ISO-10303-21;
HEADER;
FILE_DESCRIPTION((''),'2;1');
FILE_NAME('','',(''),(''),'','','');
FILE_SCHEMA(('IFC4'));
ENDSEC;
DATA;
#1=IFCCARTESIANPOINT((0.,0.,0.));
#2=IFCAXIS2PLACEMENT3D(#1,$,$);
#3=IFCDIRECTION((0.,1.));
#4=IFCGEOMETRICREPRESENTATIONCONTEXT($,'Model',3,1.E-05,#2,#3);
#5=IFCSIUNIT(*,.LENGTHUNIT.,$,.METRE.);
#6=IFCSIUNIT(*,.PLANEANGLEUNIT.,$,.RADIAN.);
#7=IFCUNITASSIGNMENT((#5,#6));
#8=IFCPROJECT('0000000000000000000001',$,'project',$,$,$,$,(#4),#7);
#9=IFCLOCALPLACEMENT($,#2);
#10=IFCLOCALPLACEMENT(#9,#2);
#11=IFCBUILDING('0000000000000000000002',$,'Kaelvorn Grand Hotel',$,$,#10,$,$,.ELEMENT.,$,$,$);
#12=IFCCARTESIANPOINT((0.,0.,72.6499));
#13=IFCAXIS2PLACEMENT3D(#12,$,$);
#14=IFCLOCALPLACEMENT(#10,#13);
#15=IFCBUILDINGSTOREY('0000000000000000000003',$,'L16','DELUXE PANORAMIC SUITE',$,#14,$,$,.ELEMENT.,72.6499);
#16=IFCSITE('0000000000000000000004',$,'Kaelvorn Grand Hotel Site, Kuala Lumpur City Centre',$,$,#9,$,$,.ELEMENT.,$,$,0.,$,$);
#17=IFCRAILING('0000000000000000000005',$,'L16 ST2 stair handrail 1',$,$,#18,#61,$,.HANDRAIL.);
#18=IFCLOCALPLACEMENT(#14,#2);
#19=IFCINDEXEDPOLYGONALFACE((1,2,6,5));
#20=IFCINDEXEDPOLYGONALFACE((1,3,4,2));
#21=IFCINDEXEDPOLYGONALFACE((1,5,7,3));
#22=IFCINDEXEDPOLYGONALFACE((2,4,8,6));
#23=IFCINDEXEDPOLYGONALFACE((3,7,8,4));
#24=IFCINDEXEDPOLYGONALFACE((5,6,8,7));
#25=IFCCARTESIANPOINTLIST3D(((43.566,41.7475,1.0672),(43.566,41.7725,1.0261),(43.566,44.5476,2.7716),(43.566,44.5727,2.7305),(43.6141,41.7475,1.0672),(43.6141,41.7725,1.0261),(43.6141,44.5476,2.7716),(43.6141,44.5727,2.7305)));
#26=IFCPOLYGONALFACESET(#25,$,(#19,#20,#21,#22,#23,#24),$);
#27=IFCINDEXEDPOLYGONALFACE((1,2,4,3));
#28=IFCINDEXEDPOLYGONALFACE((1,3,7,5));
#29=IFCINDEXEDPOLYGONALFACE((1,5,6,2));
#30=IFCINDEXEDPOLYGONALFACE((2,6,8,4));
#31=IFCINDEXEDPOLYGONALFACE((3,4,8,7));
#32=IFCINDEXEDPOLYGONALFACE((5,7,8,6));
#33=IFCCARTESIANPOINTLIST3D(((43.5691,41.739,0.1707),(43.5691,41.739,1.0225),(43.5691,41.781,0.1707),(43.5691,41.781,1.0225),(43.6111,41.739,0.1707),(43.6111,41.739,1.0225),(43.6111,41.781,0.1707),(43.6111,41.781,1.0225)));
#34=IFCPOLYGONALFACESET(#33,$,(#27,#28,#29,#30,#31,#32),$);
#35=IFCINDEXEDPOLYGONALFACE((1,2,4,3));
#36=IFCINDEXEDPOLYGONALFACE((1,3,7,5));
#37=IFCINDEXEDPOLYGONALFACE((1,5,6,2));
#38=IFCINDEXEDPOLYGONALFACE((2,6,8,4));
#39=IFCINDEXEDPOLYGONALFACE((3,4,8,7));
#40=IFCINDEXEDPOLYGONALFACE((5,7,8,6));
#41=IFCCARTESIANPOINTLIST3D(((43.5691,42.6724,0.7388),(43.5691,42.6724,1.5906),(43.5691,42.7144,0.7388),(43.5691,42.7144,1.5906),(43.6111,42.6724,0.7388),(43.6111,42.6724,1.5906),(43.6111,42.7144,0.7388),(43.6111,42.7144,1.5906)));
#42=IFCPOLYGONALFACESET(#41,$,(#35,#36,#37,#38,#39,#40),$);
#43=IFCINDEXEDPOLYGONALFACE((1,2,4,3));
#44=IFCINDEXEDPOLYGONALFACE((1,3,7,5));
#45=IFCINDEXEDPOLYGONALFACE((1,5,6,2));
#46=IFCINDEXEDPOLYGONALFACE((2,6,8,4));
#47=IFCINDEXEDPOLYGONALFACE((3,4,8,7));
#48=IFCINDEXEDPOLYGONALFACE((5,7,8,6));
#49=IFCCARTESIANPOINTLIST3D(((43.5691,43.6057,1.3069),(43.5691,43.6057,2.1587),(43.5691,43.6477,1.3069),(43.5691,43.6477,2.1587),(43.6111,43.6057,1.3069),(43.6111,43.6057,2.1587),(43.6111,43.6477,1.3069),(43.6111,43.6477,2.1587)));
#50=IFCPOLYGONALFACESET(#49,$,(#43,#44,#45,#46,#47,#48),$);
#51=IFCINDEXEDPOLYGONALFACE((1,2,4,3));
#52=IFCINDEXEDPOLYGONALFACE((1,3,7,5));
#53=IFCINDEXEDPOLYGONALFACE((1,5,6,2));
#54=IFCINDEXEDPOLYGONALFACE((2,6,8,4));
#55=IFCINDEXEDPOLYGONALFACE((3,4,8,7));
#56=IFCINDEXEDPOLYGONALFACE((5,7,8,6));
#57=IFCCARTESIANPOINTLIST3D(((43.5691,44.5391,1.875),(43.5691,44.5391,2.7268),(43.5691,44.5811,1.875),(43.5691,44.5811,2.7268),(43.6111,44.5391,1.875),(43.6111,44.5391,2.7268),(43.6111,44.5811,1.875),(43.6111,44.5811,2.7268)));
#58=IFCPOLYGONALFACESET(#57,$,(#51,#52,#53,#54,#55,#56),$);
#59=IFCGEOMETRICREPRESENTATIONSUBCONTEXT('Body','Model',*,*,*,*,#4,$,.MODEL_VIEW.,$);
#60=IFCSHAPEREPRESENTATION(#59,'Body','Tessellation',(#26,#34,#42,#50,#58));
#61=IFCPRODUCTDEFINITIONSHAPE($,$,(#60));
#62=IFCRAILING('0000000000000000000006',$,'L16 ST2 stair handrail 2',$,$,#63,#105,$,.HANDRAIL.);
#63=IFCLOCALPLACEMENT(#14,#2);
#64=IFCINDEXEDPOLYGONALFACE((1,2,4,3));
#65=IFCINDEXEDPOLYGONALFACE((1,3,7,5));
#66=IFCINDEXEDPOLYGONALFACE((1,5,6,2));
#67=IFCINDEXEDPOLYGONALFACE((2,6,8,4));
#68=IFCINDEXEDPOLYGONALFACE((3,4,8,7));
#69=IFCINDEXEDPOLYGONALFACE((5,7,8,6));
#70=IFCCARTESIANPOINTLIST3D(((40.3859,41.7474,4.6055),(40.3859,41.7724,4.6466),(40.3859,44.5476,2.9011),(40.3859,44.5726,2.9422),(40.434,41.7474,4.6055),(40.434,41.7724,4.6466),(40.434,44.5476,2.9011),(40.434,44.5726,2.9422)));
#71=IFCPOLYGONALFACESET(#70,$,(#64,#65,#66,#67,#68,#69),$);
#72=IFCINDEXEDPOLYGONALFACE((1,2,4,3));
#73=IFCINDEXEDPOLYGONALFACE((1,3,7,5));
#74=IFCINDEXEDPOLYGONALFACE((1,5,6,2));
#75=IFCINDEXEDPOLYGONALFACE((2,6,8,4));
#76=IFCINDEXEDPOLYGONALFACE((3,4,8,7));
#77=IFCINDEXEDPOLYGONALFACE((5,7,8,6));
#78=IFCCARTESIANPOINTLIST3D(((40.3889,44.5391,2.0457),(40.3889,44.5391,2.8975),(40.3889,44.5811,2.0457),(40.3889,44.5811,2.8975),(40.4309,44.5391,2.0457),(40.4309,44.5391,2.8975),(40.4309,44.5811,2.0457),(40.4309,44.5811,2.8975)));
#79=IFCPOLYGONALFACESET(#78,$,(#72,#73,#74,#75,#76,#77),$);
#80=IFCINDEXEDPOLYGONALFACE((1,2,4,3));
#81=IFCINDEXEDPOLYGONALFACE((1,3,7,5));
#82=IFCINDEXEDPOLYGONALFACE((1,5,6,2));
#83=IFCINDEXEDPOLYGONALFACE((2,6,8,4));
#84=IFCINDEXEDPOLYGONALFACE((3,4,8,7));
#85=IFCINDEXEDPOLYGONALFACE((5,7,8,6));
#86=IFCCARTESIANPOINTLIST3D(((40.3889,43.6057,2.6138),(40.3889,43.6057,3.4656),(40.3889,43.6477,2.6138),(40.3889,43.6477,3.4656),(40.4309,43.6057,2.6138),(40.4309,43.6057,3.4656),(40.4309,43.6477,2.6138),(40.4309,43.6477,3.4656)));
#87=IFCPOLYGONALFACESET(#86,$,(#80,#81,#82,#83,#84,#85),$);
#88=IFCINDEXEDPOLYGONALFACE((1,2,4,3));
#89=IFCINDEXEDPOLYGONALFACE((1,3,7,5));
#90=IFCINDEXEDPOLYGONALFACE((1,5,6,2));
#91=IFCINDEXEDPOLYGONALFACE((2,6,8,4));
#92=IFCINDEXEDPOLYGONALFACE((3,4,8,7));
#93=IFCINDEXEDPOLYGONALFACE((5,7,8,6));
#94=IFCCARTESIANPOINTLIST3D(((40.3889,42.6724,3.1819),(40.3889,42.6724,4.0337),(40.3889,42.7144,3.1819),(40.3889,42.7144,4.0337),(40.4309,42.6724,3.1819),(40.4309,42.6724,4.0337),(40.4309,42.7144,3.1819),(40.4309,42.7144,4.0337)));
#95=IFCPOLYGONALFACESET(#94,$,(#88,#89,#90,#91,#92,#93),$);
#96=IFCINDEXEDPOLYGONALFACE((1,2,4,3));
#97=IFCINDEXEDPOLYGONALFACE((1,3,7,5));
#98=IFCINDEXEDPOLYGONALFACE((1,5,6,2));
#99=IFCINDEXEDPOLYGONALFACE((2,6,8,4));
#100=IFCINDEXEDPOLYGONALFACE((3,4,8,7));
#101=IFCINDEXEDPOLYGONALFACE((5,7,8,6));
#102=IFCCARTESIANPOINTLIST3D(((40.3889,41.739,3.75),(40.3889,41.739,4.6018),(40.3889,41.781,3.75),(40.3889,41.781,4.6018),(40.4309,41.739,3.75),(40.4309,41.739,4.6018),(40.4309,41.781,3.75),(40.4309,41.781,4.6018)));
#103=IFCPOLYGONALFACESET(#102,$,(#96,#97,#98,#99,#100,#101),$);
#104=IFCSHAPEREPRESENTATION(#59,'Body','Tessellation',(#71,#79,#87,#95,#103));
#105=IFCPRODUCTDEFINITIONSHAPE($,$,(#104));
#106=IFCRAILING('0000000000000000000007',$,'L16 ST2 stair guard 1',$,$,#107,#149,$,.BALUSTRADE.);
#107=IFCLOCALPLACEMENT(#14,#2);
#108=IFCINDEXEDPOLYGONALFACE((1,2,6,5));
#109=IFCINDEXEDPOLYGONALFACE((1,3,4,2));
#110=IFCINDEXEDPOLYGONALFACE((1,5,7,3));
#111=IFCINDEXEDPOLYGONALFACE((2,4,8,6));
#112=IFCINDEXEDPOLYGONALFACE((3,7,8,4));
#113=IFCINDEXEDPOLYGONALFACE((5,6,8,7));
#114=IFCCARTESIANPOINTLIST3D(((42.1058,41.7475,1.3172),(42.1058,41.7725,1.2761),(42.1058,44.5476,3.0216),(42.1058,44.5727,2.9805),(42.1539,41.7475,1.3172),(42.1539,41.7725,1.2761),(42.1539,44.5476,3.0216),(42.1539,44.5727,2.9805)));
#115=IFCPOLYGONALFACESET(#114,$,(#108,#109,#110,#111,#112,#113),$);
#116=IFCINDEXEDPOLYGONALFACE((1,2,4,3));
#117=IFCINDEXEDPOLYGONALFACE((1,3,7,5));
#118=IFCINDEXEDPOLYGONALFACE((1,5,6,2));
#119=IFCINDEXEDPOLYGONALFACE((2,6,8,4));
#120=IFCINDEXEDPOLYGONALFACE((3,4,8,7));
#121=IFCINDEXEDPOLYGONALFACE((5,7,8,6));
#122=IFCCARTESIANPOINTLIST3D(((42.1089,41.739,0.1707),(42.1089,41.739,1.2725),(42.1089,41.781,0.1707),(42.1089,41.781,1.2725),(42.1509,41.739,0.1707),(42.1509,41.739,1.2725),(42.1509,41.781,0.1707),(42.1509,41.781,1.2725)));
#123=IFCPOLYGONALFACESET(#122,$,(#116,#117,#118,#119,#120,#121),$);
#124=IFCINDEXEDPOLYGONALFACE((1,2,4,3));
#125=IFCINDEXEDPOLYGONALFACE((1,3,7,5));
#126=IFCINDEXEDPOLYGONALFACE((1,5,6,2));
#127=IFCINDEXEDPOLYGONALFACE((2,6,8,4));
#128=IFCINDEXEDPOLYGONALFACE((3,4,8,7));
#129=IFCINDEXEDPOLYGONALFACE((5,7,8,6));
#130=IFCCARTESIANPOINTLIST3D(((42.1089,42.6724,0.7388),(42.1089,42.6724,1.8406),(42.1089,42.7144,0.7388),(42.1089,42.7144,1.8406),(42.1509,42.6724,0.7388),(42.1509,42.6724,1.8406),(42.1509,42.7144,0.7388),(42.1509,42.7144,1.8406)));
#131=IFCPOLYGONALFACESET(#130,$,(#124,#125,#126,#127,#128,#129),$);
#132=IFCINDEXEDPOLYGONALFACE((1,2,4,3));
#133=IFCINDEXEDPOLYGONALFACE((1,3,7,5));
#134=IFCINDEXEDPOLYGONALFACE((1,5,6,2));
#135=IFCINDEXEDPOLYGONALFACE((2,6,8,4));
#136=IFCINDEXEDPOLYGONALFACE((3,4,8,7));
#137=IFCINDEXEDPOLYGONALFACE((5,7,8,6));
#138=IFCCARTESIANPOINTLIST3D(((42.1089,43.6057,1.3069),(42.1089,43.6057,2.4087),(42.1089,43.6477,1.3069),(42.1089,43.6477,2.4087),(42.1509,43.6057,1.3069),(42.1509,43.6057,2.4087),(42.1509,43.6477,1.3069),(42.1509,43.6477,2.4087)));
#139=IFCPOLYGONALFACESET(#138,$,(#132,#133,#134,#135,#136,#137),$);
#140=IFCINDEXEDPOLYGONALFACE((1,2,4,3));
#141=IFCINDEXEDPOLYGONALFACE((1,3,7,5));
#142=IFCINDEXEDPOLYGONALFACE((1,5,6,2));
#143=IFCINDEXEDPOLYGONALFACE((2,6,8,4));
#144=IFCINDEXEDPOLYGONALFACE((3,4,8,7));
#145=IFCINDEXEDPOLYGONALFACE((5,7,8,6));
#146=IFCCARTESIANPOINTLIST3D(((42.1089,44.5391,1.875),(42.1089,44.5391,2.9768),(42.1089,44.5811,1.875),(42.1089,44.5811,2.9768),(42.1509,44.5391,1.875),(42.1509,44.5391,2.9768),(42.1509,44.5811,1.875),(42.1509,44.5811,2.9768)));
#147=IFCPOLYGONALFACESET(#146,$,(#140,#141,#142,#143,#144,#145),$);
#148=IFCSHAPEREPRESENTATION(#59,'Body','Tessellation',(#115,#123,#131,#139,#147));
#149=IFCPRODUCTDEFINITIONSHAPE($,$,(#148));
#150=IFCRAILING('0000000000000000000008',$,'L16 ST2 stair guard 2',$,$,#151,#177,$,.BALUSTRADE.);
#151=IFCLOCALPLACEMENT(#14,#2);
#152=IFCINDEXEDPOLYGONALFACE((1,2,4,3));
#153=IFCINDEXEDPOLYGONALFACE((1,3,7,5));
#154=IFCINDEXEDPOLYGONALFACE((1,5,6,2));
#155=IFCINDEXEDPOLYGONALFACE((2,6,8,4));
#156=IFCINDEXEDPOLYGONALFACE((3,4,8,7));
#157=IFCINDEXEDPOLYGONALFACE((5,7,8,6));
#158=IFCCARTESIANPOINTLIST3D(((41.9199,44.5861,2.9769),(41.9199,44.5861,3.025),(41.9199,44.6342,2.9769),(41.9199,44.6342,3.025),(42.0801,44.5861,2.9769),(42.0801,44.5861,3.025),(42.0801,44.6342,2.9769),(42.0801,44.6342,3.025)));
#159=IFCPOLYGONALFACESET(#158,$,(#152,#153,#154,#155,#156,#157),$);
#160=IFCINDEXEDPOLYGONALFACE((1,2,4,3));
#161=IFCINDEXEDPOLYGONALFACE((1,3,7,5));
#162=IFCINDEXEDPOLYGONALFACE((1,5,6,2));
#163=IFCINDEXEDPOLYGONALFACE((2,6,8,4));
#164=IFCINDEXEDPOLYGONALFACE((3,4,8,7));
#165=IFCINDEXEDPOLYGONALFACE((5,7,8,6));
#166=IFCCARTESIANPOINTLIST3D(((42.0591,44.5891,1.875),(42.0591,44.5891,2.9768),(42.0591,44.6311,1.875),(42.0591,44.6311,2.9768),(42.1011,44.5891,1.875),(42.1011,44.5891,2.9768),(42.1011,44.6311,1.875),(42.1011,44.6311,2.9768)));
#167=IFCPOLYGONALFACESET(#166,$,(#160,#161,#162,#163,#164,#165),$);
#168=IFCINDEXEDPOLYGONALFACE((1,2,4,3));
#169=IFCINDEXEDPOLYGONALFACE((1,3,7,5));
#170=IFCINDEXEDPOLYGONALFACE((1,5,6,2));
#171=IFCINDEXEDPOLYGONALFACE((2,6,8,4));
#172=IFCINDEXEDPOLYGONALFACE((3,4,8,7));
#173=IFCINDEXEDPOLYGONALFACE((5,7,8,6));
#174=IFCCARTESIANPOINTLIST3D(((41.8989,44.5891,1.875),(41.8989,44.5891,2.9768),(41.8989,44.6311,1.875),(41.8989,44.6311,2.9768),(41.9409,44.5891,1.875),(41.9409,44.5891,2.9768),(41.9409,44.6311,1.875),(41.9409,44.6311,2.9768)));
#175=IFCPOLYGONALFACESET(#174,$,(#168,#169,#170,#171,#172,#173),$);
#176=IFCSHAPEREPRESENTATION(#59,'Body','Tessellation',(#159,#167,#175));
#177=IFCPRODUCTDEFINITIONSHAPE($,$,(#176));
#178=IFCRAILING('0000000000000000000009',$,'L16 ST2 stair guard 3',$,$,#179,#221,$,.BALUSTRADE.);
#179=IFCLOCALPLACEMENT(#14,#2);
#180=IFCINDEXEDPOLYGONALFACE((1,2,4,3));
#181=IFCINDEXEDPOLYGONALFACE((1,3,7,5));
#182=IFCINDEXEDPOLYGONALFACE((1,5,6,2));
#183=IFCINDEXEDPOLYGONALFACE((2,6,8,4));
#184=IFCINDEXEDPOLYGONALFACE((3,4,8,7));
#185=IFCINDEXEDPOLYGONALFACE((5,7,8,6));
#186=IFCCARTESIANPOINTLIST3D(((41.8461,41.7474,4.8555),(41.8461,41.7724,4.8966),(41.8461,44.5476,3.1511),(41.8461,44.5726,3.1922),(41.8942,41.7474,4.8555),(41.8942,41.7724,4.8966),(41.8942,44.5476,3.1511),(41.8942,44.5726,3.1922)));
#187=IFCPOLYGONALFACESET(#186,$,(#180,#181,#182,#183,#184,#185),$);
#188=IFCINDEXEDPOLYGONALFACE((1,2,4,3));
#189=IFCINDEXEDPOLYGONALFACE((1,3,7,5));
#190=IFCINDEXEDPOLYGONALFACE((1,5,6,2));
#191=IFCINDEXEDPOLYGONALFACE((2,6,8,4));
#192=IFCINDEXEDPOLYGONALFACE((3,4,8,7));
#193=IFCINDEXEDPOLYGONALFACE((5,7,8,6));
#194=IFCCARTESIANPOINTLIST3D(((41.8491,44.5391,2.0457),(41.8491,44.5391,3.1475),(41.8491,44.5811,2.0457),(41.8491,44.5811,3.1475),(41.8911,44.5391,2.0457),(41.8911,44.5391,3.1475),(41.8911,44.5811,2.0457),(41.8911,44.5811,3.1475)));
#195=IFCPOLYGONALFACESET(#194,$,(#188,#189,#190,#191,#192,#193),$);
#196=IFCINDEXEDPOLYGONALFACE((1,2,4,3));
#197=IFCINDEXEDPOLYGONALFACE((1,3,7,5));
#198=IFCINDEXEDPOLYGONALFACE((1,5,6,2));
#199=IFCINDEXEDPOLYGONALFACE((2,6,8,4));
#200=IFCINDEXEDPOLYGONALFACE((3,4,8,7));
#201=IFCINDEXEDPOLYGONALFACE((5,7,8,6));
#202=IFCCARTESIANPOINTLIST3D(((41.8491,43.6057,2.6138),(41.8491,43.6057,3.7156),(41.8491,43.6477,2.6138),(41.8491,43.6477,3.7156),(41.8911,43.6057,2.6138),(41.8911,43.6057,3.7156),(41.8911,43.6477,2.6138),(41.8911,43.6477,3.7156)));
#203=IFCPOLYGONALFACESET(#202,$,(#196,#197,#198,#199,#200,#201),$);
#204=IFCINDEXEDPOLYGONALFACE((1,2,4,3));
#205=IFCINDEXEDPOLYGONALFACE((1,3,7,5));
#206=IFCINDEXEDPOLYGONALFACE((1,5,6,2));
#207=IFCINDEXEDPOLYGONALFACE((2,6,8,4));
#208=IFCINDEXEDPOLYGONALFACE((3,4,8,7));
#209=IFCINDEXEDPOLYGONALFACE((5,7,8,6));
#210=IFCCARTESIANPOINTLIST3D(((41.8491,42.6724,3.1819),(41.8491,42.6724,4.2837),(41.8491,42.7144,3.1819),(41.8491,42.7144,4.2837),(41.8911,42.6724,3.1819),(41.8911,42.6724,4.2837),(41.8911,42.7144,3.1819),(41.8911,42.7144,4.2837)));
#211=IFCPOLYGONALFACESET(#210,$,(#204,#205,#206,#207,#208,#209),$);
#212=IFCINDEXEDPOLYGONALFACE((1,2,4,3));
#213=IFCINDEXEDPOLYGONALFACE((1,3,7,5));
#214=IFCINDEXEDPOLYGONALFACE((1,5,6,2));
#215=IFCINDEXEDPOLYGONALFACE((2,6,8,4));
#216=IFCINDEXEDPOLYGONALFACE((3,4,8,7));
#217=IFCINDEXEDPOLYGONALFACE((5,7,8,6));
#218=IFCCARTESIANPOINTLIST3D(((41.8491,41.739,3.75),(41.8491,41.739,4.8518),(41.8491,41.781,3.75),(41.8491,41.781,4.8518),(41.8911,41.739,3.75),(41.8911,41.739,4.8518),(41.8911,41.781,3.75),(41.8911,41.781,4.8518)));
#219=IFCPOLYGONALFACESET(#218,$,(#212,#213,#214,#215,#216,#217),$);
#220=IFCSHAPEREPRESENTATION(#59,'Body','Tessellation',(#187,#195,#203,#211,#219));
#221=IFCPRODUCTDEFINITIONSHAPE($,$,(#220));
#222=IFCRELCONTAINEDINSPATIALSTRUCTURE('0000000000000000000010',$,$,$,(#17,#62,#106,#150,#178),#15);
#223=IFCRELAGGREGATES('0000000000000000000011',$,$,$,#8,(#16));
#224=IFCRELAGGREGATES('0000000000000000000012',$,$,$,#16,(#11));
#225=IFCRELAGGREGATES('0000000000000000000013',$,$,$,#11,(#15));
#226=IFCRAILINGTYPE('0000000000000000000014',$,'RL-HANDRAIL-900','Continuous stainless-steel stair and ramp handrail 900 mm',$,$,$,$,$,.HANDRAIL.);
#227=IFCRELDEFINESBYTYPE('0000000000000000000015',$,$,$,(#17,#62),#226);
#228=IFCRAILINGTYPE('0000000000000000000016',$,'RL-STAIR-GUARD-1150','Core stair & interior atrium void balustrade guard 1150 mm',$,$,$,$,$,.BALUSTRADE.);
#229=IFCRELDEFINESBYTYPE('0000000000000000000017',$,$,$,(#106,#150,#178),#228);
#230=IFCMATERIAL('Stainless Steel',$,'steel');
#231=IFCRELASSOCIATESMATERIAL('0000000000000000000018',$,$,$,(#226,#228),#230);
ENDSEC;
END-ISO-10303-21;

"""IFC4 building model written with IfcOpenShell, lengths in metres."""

from ifc_helpers import new_model, si_unit, direction, frame, origin, origin_2d, place, context, subcontext, project, spatial, rectangle, extrude, material, type_object, element, save


model = new_model("IFC4")

# Units and contexts
model_context = context("Model", 3, precision=1e-05, world=origin(), true_north=direction((0.0, 1.0)))
body_context = subcontext(model_context, "Body", "Model", "MODEL_VIEW")
ifc_project = project(units=[si_unit("LENGTHUNIT", "METRE"), si_unit("PLANEANGLEUNIT", "RADIAN")], contexts=[model_context])

# Site, building, storey
site_placement = place(None, origin())
site = spatial("IfcSite", under=ifc_project, at=site_placement, Name="Kaelvorn Grand Hotel Site, Kuala Lumpur City Centre", CompositionType="ELEMENT", RefElevation=0.0)
building_placement = place(site_placement, origin())
building = spatial("IfcBuilding", under=site, at=building_placement, Name="Kaelvorn Grand Hotel", CompositionType="ELEMENT")
storey_placement = place(building_placement, frame((0.0, 0.0, 72.6499)))
storey = spatial("IfcBuildingStorey", under=building, at=storey_placement, Name="L16", Description="DELUXE PANORAMIC SUITE", CompositionType="ELEMENT", Elevation=72.6499)

# Railings
ifc_material_1 = material(Name="Stainless Steel", Category="steel")
railing_type_1 = type_object("IfcRailingType", Name="RL-HANDRAIL-900", Description="Continuous stainless-steel stair and ramp handrail 900 mm", PredefinedType="HANDRAIL", material=ifc_material_1)
railing_1_placement = place(storey_placement, frame((43.5901, 41.76, 0.1707)))
element("IfcRailing", 1, at=railing_1_placement, inside=storey, type_object=railing_type_1, Name="L16 ST2 stair handrail 1", PredefinedType="HANDRAIL", context=body_context, shape_type="SweptSolid", body=[
    extrude(rectangle(XDim=0.0481, YDim=0.0481, at=origin_2d()), frame((0.0, 0.0, 0.876), z_axis=(0.0, 0.854203, 0.51994), x_axis=(-1.0, 0.0, 0.0)), (0.0, 0.0, 1.0), 3.2781),
    extrude(rectangle(XDim=0.042, YDim=0.042, at=origin_2d()), origin(), (0.0, 0.0, 1.0), 0.8518),
    extrude(rectangle(XDim=0.042, YDim=0.042, at=origin_2d()), frame((0.0, 0.9333, 0.5681)), (0.0, 0.0, 1.0), 0.8518),
    extrude(rectangle(XDim=0.042, YDim=0.042, at=origin_2d()), frame((0.0, 1.8667, 1.1362)), (0.0, 0.0, 1.0), 0.8518),
    extrude(rectangle(XDim=0.042, YDim=0.042, at=origin_2d()), frame((0.0, 2.8, 1.7043)), (0.0, 0.0, 1.0), 0.8518),
])
railing_2_placement = place(storey_placement, frame((40.4099, 44.5601, 2.0457)))
element("IfcRailing", 2, at=railing_2_placement, inside=storey, type_object=railing_type_1, Name="L16 ST2 stair handrail 2", PredefinedType="HANDRAIL", context=body_context, shape_type="SweptSolid", body=[
    extrude(rectangle(XDim=0.0481, YDim=0.0481, at=origin_2d()), frame((0.0, 0.0, 0.876), z_axis=(0.0, -0.854203, 0.51994), x_axis=(1.0, 0.0, 0.0)), (0.0, 0.0, 1.0), 3.2781),
    extrude(rectangle(XDim=0.042, YDim=0.042, at=origin_2d()), origin(), (0.0, 0.0, 1.0), 0.8518),
    extrude(rectangle(XDim=0.042, YDim=0.042, at=origin_2d()), frame((0.0, -0.9333, 0.5681)), (0.0, 0.0, 1.0), 0.8518),
    extrude(rectangle(XDim=0.042, YDim=0.042, at=origin_2d()), frame((0.0, -1.8667, 1.1362)), (0.0, 0.0, 1.0), 0.8518),
    extrude(rectangle(XDim=0.042, YDim=0.042, at=origin_2d()), frame((0.0, -2.8, 1.7043)), (0.0, 0.0, 1.0), 0.8518),
])
railing_type_2 = type_object("IfcRailingType", Name="RL-STAIR-GUARD-1150", Description="Core stair & interior atrium void balustrade guard 1150 mm", PredefinedType="BALUSTRADE", material=ifc_material_1)
railing_3_placement = place(storey_placement, frame((42.1299, 41.76, 0.1707)))
element("IfcRailing", 3, at=railing_3_placement, inside=storey, type_object=railing_type_2, Name="L16 ST2 stair guard 1", PredefinedType="BALUSTRADE", context=body_context, shape_type="SweptSolid", body=[
    extrude(rectangle(XDim=0.0481, YDim=0.0481, at=origin_2d()), frame((0.0, 0.0, 1.126), z_axis=(0.0, 0.854203, 0.51994), x_axis=(-1.0, 0.0, 0.0)), (0.0, 0.0, 1.0), 3.2781),
    extrude(rectangle(XDim=0.042, YDim=0.042, at=origin_2d()), origin(), (0.0, 0.0, 1.0), 1.1018),
    extrude(rectangle(XDim=0.042, YDim=0.042, at=origin_2d()), frame((0.0, 0.9333, 0.5681)), (0.0, 0.0, 1.0), 1.1018),
    extrude(rectangle(XDim=0.042, YDim=0.042, at=origin_2d()), frame((0.0, 1.8667, 1.1362)), (0.0, 0.0, 1.0), 1.1018),
    extrude(rectangle(XDim=0.042, YDim=0.042, at=origin_2d()), frame((0.0, 2.8, 1.7043)), (0.0, 0.0, 1.0), 1.1018),
])
railing_4_placement = place(storey_placement, frame((42.0801, 44.6101, 1.875)))
element("IfcRailing", 4, at=railing_4_placement, inside=storey, type_object=railing_type_2, Name="L16 ST2 stair guard 2", PredefinedType="BALUSTRADE", context=body_context, shape_type="SweptSolid", body=[
    extrude(rectangle(XDim=0.0481, YDim=0.0481, at=origin_2d()), frame((0.0, 0.0, 1.126), z_axis=(-1.0, 0.0, 0.0), x_axis=(0.0, -1.0, 0.0)), (0.0, 0.0, 1.0), 0.1602),
    extrude(rectangle(XDim=0.042, YDim=0.042, at=origin_2d()), origin(), (0.0, 0.0, 1.0), 1.1018),
    extrude(rectangle(XDim=0.042, YDim=0.042, at=origin_2d()), frame((-0.1602, 0.0, 0.0)), (0.0, 0.0, 1.0), 1.1018),
])
railing_5_placement = place(storey_placement, frame((41.8701, 44.5601, 2.0457)))
element("IfcRailing", 5, at=railing_5_placement, inside=storey, type_object=railing_type_2, Name="L16 ST2 stair guard 3", PredefinedType="BALUSTRADE", context=body_context, shape_type="SweptSolid", body=[
    extrude(rectangle(XDim=0.0481, YDim=0.0481, at=origin_2d()), frame((0.0, 0.0, 1.126), z_axis=(0.0, -0.854203, 0.51994), x_axis=(1.0, 0.0, 0.0)), (0.0, 0.0, 1.0), 3.2781),
    extrude(rectangle(XDim=0.042, YDim=0.042, at=origin_2d()), origin(), (0.0, 0.0, 1.0), 1.1018),
    extrude(rectangle(XDim=0.042, YDim=0.042, at=origin_2d()), frame((0.0, -0.9333, 0.5681)), (0.0, 0.0, 1.0), 1.1018),
    extrude(rectangle(XDim=0.042, YDim=0.042, at=origin_2d()), frame((0.0, -1.8667, 1.1362)), (0.0, 0.0, 1.0), 1.1018),
    extrude(rectangle(XDim=0.042, YDim=0.042, at=origin_2d()), frame((0.0, -2.8, 1.7043)), (0.0, 0.0, 1.0), 1.1018),
])

save(model, "model.ifc")
